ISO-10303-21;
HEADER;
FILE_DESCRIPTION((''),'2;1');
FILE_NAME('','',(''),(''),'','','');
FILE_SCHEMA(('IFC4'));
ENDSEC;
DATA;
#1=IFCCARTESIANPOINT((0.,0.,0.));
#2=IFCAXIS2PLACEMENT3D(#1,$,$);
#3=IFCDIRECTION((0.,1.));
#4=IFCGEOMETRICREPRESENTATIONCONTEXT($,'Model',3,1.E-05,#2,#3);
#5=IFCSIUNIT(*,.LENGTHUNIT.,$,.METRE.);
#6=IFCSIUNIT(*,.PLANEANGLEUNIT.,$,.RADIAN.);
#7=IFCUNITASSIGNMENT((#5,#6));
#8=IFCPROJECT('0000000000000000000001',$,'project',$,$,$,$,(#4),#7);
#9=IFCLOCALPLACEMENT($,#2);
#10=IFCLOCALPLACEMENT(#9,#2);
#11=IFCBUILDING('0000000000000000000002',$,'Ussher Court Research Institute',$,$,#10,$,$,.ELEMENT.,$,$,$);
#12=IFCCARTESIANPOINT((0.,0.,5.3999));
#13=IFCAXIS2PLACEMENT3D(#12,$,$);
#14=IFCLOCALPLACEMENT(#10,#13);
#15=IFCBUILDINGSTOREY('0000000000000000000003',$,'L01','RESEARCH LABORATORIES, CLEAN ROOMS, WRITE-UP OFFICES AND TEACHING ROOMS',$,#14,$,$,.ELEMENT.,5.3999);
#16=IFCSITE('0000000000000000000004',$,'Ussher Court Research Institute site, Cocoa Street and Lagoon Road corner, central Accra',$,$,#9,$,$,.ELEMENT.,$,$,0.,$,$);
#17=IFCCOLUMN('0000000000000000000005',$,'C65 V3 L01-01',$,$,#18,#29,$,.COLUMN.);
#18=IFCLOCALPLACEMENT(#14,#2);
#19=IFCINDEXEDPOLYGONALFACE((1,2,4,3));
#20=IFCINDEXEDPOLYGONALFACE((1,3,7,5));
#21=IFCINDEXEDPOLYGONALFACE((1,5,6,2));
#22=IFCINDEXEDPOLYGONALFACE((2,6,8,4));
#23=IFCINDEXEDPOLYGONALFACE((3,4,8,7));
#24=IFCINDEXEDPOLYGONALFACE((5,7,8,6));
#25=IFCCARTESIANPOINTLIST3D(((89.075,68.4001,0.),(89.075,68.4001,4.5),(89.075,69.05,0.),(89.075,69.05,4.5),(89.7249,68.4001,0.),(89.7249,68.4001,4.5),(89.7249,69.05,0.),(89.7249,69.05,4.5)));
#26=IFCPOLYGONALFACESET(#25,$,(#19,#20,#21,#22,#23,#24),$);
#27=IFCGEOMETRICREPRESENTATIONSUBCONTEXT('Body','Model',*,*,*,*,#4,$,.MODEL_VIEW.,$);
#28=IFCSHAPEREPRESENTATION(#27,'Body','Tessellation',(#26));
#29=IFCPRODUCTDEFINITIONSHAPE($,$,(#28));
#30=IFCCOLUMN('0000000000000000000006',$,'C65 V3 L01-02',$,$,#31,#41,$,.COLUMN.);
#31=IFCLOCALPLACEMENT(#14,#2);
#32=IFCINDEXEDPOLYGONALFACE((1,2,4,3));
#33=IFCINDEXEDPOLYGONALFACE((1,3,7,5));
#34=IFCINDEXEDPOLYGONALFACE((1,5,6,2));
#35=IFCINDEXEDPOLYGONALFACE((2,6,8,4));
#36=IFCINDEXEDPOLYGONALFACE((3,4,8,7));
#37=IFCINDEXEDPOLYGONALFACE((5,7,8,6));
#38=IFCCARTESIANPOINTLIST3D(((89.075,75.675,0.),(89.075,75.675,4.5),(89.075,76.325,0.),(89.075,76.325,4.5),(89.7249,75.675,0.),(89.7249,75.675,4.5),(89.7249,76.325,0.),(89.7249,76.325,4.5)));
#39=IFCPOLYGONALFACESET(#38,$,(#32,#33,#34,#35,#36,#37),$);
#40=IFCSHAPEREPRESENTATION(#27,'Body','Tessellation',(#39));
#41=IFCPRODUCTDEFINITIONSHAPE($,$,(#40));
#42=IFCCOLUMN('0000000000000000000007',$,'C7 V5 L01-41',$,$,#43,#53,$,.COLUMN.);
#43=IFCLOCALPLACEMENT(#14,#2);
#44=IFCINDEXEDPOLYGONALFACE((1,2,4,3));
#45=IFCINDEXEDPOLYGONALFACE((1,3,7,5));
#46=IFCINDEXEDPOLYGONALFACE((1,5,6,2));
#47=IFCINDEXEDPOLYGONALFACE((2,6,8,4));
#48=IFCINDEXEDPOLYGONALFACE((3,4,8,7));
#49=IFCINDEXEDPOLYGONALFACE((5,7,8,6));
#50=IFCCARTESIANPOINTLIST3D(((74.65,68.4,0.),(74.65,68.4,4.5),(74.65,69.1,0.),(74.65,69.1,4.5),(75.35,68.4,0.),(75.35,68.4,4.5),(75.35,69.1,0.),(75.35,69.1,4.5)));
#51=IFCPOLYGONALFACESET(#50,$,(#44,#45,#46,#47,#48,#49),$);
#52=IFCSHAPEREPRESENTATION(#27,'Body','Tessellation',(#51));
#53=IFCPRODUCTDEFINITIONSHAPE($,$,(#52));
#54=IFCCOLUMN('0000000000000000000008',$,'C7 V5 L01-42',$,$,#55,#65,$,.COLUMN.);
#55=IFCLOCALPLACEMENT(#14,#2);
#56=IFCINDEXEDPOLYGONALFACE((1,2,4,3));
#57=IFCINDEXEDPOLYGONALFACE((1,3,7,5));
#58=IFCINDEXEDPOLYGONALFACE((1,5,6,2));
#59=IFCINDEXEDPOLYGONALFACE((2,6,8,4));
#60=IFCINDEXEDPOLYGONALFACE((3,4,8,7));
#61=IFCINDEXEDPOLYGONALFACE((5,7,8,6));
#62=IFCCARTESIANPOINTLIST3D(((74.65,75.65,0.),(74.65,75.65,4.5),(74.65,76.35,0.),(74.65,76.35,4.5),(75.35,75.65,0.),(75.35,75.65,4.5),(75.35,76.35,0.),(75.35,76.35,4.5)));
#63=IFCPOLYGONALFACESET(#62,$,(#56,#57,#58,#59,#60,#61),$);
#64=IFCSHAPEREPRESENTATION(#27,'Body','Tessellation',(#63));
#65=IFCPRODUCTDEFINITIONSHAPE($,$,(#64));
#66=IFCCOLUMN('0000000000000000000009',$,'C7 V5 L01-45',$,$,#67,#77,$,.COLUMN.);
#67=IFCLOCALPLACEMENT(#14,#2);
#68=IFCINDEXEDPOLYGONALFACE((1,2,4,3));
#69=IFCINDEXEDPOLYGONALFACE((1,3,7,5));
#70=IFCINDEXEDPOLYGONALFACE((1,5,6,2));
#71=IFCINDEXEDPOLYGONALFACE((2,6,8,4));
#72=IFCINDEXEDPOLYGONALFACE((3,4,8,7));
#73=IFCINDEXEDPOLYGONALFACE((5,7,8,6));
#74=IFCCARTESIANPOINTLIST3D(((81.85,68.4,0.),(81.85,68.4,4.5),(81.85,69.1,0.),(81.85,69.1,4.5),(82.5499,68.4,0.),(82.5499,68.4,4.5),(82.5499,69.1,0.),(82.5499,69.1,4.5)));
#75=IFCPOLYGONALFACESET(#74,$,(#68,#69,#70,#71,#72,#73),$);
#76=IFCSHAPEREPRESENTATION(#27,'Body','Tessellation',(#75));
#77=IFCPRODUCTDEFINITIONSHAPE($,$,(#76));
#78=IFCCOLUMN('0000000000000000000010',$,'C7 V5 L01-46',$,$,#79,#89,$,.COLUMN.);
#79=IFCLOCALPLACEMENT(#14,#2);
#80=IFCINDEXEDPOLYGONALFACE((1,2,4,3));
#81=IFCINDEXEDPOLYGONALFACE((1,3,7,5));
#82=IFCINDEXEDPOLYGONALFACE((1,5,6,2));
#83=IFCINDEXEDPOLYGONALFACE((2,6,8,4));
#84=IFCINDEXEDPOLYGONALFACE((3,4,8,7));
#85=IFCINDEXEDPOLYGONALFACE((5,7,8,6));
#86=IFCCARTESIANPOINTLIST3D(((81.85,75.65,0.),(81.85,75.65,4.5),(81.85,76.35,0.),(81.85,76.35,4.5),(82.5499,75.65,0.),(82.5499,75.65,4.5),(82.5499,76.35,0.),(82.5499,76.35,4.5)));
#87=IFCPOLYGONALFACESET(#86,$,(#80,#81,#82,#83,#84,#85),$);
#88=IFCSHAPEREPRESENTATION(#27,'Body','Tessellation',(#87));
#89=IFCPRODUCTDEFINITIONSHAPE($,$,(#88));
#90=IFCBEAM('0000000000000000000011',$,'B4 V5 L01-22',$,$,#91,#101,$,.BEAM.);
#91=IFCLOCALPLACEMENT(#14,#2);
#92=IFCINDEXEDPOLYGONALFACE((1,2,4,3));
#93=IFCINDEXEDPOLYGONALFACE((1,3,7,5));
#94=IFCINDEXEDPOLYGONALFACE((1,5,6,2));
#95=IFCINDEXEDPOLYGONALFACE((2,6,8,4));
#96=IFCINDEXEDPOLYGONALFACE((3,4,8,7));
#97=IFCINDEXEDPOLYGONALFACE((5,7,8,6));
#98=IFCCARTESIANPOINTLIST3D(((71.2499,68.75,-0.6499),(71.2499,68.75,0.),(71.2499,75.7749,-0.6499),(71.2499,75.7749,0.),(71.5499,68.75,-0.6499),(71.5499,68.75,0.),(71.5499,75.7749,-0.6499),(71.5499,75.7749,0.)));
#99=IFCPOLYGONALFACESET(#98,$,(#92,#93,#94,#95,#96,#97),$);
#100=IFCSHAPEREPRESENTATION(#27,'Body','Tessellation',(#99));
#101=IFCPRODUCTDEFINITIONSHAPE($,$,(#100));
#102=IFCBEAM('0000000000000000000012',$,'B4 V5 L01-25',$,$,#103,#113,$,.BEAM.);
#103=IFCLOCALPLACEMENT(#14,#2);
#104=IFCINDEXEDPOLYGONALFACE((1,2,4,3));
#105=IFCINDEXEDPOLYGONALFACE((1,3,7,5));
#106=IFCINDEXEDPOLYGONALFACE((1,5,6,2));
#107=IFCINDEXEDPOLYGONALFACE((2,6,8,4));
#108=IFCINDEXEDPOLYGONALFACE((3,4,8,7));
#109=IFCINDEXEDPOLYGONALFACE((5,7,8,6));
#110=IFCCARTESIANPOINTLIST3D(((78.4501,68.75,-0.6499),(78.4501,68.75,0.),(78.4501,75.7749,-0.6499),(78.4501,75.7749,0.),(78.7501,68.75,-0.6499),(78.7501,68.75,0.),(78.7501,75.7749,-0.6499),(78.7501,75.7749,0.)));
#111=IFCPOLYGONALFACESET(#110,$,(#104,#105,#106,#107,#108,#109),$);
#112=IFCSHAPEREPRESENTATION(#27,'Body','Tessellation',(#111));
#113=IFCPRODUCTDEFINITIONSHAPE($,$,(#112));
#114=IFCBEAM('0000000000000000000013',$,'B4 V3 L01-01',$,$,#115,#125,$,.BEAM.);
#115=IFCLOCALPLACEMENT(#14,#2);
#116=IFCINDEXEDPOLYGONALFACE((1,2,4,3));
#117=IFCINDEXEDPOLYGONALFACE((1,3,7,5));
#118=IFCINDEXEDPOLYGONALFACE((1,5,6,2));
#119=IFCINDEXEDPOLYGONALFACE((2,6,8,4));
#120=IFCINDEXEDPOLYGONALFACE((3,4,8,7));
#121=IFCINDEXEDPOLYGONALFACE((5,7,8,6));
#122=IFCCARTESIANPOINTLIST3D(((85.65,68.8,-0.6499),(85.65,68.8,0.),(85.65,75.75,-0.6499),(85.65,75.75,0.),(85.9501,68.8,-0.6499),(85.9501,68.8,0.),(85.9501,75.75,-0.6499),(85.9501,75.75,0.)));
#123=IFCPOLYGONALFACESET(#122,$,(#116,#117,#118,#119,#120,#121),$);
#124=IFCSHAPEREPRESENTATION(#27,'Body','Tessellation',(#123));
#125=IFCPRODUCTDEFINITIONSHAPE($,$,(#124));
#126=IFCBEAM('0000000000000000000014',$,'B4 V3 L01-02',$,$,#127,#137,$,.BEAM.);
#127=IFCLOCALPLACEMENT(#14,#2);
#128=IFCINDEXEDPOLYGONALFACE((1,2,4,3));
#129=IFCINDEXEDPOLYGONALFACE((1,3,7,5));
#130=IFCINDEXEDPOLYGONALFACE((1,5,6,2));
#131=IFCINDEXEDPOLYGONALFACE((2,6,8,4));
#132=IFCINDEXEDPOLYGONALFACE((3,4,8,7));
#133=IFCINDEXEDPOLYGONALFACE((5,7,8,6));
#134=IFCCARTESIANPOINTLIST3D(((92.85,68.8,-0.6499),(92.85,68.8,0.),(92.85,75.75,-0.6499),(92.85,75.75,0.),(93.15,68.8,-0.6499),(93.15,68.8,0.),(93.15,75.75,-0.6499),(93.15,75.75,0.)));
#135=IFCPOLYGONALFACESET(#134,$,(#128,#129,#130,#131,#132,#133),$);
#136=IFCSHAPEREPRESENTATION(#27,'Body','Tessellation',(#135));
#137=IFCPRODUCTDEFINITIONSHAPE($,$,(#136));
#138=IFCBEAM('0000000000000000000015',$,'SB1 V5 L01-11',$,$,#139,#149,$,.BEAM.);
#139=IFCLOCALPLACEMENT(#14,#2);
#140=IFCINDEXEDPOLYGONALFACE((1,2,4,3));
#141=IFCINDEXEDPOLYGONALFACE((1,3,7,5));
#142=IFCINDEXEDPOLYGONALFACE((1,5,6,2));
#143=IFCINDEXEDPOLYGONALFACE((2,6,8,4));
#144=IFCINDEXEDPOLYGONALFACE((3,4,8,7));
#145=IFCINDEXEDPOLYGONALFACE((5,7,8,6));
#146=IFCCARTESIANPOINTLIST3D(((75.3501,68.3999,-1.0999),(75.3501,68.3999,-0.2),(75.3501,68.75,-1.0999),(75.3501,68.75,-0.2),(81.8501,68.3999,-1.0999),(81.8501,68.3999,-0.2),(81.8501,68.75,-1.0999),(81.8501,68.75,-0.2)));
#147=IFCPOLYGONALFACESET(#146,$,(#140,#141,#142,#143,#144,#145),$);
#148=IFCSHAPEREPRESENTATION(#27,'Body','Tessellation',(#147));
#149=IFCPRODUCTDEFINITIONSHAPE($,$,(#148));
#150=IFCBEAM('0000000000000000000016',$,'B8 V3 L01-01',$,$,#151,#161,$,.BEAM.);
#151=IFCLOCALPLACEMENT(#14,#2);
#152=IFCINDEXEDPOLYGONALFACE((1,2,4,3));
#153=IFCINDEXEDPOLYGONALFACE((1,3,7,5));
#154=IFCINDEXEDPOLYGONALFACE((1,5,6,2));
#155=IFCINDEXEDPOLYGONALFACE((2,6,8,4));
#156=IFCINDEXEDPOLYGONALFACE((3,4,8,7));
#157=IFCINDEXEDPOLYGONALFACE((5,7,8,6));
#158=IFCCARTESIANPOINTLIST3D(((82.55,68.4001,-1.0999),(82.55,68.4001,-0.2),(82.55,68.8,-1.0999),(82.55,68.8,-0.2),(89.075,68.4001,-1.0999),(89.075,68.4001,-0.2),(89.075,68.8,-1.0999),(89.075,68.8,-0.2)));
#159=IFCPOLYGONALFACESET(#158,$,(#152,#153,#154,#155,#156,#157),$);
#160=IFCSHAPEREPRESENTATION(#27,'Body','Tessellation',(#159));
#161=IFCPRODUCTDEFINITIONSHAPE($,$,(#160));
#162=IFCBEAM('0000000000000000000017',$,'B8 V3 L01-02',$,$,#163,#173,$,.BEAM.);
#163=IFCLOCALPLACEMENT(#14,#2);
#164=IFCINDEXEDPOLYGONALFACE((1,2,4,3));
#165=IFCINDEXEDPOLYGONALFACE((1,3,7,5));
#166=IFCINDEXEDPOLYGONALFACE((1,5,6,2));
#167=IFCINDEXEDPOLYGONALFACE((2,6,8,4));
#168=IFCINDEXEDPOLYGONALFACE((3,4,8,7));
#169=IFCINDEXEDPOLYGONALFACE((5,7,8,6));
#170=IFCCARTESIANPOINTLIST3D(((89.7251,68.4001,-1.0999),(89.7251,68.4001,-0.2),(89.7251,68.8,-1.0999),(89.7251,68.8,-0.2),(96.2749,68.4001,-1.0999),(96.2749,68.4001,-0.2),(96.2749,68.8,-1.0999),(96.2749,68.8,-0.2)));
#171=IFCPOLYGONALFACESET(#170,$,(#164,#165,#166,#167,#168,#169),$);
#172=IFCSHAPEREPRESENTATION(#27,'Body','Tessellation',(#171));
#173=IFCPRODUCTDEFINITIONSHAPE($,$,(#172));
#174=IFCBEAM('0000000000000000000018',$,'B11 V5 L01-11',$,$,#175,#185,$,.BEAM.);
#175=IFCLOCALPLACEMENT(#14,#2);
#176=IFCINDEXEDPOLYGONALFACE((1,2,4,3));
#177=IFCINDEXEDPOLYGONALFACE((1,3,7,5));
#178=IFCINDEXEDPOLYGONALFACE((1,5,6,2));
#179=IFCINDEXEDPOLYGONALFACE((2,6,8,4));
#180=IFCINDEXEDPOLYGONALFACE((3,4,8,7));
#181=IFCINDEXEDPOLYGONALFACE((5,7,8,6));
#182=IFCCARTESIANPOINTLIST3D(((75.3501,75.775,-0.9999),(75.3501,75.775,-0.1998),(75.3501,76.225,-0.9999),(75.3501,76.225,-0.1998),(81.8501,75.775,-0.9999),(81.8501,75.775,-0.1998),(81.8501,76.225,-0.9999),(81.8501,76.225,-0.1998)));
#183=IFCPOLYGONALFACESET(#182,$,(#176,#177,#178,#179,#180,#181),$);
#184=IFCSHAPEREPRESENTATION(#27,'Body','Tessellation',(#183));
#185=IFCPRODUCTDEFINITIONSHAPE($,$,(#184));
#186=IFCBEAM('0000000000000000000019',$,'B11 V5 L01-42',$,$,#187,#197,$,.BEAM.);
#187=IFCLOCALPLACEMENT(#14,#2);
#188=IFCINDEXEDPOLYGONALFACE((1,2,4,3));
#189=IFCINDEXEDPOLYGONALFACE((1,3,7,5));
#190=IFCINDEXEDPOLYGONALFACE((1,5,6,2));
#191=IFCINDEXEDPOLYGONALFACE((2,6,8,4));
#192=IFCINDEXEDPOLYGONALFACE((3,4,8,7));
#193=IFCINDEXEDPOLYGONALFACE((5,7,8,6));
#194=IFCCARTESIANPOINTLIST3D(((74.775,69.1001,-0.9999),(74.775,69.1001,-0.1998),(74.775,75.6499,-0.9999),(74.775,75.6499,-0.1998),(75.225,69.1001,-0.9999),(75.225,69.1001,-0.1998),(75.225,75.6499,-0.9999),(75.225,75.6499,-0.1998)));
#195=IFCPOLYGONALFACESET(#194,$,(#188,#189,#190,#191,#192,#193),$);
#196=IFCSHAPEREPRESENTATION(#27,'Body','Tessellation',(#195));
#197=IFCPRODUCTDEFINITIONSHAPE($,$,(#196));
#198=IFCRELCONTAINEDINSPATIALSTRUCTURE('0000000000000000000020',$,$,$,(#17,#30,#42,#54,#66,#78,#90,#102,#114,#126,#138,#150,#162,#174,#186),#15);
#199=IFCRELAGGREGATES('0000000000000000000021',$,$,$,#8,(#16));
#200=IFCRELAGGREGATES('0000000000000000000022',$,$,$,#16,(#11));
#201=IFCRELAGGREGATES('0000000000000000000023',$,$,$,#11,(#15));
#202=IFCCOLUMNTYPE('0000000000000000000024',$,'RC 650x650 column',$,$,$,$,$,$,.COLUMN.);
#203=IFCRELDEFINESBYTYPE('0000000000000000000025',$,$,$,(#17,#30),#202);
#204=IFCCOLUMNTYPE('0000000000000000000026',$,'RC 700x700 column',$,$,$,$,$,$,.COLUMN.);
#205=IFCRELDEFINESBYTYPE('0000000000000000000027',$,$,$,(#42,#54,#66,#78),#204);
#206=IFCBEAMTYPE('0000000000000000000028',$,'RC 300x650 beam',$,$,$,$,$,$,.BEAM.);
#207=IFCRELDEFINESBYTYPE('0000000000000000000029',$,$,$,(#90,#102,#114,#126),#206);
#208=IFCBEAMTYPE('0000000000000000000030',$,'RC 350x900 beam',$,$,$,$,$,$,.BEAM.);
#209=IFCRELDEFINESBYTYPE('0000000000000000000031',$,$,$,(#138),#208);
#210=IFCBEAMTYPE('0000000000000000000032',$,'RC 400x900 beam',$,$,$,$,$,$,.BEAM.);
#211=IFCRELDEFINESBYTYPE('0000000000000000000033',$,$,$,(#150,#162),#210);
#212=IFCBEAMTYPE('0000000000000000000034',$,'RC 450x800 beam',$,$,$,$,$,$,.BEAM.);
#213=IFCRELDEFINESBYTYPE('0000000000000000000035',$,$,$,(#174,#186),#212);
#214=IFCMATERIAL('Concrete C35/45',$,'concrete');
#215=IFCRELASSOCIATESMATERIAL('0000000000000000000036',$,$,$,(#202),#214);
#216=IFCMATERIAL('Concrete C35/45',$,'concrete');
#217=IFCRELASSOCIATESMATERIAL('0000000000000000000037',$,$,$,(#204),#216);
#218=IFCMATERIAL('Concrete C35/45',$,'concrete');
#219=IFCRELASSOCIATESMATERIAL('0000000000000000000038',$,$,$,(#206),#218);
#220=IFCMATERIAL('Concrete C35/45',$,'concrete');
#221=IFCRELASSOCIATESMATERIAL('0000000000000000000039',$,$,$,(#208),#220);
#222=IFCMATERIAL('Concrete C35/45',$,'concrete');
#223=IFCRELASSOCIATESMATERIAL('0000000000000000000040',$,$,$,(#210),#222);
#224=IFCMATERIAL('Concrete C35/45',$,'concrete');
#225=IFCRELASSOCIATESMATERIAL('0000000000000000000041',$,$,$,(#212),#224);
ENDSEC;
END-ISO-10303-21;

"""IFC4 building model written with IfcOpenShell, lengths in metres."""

from ifc_helpers import new_model, si_unit, direction, frame, origin, origin_2d, place, context, subcontext, project, spatial, rectangle, extrude, material, material_profile, profile_set, type_object, element, save


model = new_model("IFC4")

# Units and contexts
model_context = context("Model", 3, precision=1e-05, world=origin(), true_north=direction((0.0, 1.0)))
body_context = subcontext(model_context, "Body", "Model", "MODEL_VIEW")
ifc_project = project(units=[si_unit("LENGTHUNIT", "METRE"), si_unit("PLANEANGLEUNIT", "RADIAN")], contexts=[model_context])

# Site, building, storey
site_placement = place(None, origin())
site = spatial("IfcSite", under=ifc_project, at=site_placement, Name="Ussher Court Research Institute site, Cocoa Street and Lagoon Road corner, central Accra", CompositionType="ELEMENT", RefElevation=0.0)
building_placement = place(site_placement, origin())
building = spatial("IfcBuilding", under=site, at=building_placement, Name="Ussher Court Research Institute", CompositionType="ELEMENT")
storey_placement = place(building_placement, frame((0.0, 0.0, 5.3999)))
storey = spatial("IfcBuildingStorey", under=building, at=storey_placement, Name="L01", Description="RESEARCH LABORATORIES, CLEAN ROOMS, WRITE-UP OFFICES AND TEACHING ROOMS", CompositionType="ELEMENT", Elevation=5.3999)

# Columns
ifc_material_1 = material(Name="Concrete C35/45", Category="concrete")
ifc_material_profile_1 = material_profile(ifc_material_1, rectangle(XDim=0.6499, YDim=0.6499, at=origin_2d()), Name="RC 650x650")
ifc_profile_set_1 = profile_set([ifc_material_profile_1], Name="Concrete C35/45")
column_type_1 = type_object("IfcColumnType", Name="RC 650x650 column", PredefinedType="COLUMN", material=ifc_profile_set_1)
for number, where, z_axis, x_axis, name in (
    (1, (89.3999, 68.7251, 0.0), (0.0, 0.0, 1.0), (1.0, 0.0, 0.0), "C65 V3 L01-01"),
    (2, (89.3999, 76.0, 0.0), (0.0, 0.0, 1.0), (1.0, 0.0, 0.0), "C65 V3 L01-02"),
):
    element("IfcColumn", number, at=place(storey_placement, frame(where, z_axis=z_axis, x_axis=x_axis)), inside=storey, type_object=column_type_1, Name=name, PredefinedType="COLUMN", context=body_context, shape_type="SweptSolid", body=[
        extrude(rectangle(XDim=0.6499, YDim=0.6499, at=origin_2d()), origin(), (0.0, 0.0, 1.0), 4.5),
    ])
ifc_material_2 = material(Name="Concrete C35/45", Category="concrete")
ifc_material_profile_2 = material_profile(ifc_material_2, rectangle(XDim=0.7, YDim=0.7, at=origin_2d()), Name="RC 700x700")
ifc_profile_set_2 = profile_set([ifc_material_profile_2], Name="Concrete C35/45")
column_type_2 = type_object("IfcColumnType", Name="RC 700x700 column", PredefinedType="COLUMN", material=ifc_profile_set_2)
for number, where, z_axis, x_axis, name in (
    (3, (75.0, 68.75, 0.0), (0.0, 0.0, 1.0), (1.0, 0.0, 0.0), "C7 V5 L01-41"),
    (4, (75.0, 76.0, 0.0), (0.0, 0.0, 1.0), (1.0, 0.0, 0.0), "C7 V5 L01-42"),
    (5, (82.2, 68.75, 0.0), (0.0, 0.0, 1.0), (1.0, 0.0, 0.0), "C7 V5 L01-45"),
    (6, (82.2, 76.0, 0.0), (0.0, 0.0, 1.0), (1.0, 0.0, 0.0), "C7 V5 L01-46"),
):
    element("IfcColumn", number, at=place(storey_placement, frame(where, z_axis=z_axis, x_axis=x_axis)), inside=storey, type_object=column_type_2, Name=name, PredefinedType="COLUMN", context=body_context, shape_type="SweptSolid", body=[
        extrude(rectangle(XDim=0.7, YDim=0.7, at=origin_2d()), origin(), (0.0, 0.0, 1.0), 4.5),
    ])

# Beams
ifc_material_3 = material(Name="Concrete C35/45", Category="concrete")
ifc_material_profile_3 = material_profile(ifc_material_3, rectangle(XDim=0.3, YDim=0.6499, at=origin_2d()), Name="RC 300x650")
ifc_profile_set_3 = profile_set([ifc_material_profile_3], Name="Concrete C35/45")
beam_type_1 = type_object("IfcBeamType", Name="RC 300x650 beam", PredefinedType="BEAM", material=ifc_profile_set_3)
for number, where, z_axis, x_axis, name in (
    (7, (71.3999, 68.75, -0.325), (0.0, 1.0, 0.0), (-1.0, 0.0, 0.0), "B4 V5 L01-22"),
    (8, (78.6001, 68.75, -0.325), (0.0, 1.0, 0.0), (-1.0, 0.0, 0.0), "B4 V5 L01-25"),
):
    element("IfcBeam", number, at=place(storey_placement, frame(where, z_axis=z_axis, x_axis=x_axis)), inside=storey, type_object=beam_type_1, Name=name, PredefinedType="BEAM", context=body_context, shape_type="SweptSolid", body=[
        extrude(rectangle(XDim=0.3, YDim=0.6499, at=origin_2d()), origin(), (0.0, 0.0, 1.0), 7.0249),
    ])
for number, where, z_axis, x_axis, name in (
    (9, (85.8, 68.8, -0.325), (0.0, 1.0, 0.0), (-1.0, 0.0, 0.0), "B4 V3 L01-01"),
    (10, (93.0, 68.8, -0.325), (0.0, 1.0, 0.0), (-1.0, 0.0, 0.0), "B4 V3 L01-02"),
):
    element("IfcBeam", number, at=place(storey_placement, frame(where, z_axis=z_axis, x_axis=x_axis)), inside=storey, type_object=beam_type_1, Name=name, PredefinedType="BEAM", context=body_context, shape_type="SweptSolid", body=[
        extrude(rectangle(XDim=0.3, YDim=0.6499, at=origin_2d()), origin(), (0.0, 0.0, 1.0), 6.95),
    ])
ifc_material_4 = material(Name="Concrete C35/45", Category="concrete")
ifc_material_profile_4 = material_profile(ifc_material_4, rectangle(XDim=0.3501, YDim=0.8999, at=origin_2d()), Name="RC 350x900")
ifc_profile_set_4 = profile_set([ifc_material_profile_4], Name="Concrete C35/45")
beam_type_2 = type_object("IfcBeamType", Name="RC 350x900 beam", PredefinedType="BEAM", material=ifc_profile_set_4)
beam_1_placement = place(storey_placement, frame((75.3501, 68.575, -0.6499), z_axis=(1.0, 0.0, 0.0), x_axis=(0.0, 1.0, 0.0)))
element("IfcBeam", 11, at=beam_1_placement, inside=storey, type_object=beam_type_2, Name="SB1 V5 L01-11", PredefinedType="BEAM", context=body_context, shape_type="SweptSolid", body=[
    extrude(rectangle(XDim=0.3501, YDim=0.8999, at=origin_2d()), origin(), (0.0, 0.0, 1.0), 6.5),
])
ifc_material_5 = material(Name="Concrete C35/45", Category="concrete")
ifc_material_profile_5 = material_profile(ifc_material_5, rectangle(XDim=0.3999, YDim=0.8999, at=origin_2d()), Name="RC 400x900")
ifc_profile_set_5 = profile_set([ifc_material_profile_5], Name="Concrete C35/45")
beam_type_3 = type_object("IfcBeamType", Name="RC 400x900 beam", PredefinedType="BEAM", material=ifc_profile_set_5)
beam_2_placement = place(storey_placement, frame((82.55, 68.6001, -0.6499), z_axis=(1.0, 0.0, 0.0), x_axis=(0.0, 1.0, 0.0)))
element("IfcBeam", 12, at=beam_2_placement, inside=storey, type_object=beam_type_3, Name="B8 V3 L01-01", PredefinedType="BEAM", context=body_context, shape_type="SweptSolid", body=[
    extrude(rectangle(XDim=0.3999, YDim=0.8999, at=origin_2d()), origin(), (0.0, 0.0, 1.0), 6.5249),
])
beam_3_placement = place(storey_placement, frame((89.7251, 68.6001, -0.6499), z_axis=(1.0, 0.0, 0.0), x_axis=(0.0, 1.0, 0.0)))
element("IfcBeam", 13, at=beam_3_placement, inside=storey, type_object=beam_type_3, Name="B8 V3 L01-02", PredefinedType="BEAM", context=body_context, shape_type="SweptSolid", body=[
    extrude(rectangle(XDim=0.3999, YDim=0.8999, at=origin_2d()), origin(), (0.0, 0.0, 1.0), 6.5498),
])
ifc_material_6 = material(Name="Concrete C35/45", Category="concrete")
ifc_material_profile_6 = material_profile(ifc_material_6, rectangle(XDim=0.45, YDim=0.8, at=origin_2d()), Name="RC 450x800")
ifc_profile_set_6 = profile_set([ifc_material_profile_6], Name="Concrete C35/45")
beam_type_4 = type_object("IfcBeamType", Name="RC 450x800 beam", PredefinedType="BEAM", material=ifc_profile_set_6)
beam_4_placement = place(storey_placement, frame((75.3501, 76.0, -0.5999), z_axis=(1.0, 0.0, 0.0), x_axis=(0.0, 1.0, 0.0)))
element("IfcBeam", 14, at=beam_4_placement, inside=storey, type_object=beam_type_4, Name="B11 V5 L01-11", PredefinedType="BEAM", context=body_context, shape_type="SweptSolid", body=[
    extrude(rectangle(XDim=0.45, YDim=0.8, at=origin_2d()), origin(), (0.0, 0.0, 1.0), 6.5),
])
for number, where, z_axis, x_axis, name in (
    (15, (75.0, 69.1001, -0.5999), (0.0, 1.0, 0.0), (-1.0, 0.0, 0.0), "B11 V5 L01-42"),
):
    element("IfcBeam", number, at=place(storey_placement, frame(where, z_axis=z_axis, x_axis=x_axis)), inside=storey, type_object=beam_type_4, Name=name, PredefinedType="BEAM", context=body_context, shape_type="SweptSolid", body=[
        extrude(rectangle(XDim=0.45, YDim=0.8, at=origin_2d()), origin(), (0.0, 0.0, 1.0), 6.5498),
    ])

save(model, "model.ifc")
